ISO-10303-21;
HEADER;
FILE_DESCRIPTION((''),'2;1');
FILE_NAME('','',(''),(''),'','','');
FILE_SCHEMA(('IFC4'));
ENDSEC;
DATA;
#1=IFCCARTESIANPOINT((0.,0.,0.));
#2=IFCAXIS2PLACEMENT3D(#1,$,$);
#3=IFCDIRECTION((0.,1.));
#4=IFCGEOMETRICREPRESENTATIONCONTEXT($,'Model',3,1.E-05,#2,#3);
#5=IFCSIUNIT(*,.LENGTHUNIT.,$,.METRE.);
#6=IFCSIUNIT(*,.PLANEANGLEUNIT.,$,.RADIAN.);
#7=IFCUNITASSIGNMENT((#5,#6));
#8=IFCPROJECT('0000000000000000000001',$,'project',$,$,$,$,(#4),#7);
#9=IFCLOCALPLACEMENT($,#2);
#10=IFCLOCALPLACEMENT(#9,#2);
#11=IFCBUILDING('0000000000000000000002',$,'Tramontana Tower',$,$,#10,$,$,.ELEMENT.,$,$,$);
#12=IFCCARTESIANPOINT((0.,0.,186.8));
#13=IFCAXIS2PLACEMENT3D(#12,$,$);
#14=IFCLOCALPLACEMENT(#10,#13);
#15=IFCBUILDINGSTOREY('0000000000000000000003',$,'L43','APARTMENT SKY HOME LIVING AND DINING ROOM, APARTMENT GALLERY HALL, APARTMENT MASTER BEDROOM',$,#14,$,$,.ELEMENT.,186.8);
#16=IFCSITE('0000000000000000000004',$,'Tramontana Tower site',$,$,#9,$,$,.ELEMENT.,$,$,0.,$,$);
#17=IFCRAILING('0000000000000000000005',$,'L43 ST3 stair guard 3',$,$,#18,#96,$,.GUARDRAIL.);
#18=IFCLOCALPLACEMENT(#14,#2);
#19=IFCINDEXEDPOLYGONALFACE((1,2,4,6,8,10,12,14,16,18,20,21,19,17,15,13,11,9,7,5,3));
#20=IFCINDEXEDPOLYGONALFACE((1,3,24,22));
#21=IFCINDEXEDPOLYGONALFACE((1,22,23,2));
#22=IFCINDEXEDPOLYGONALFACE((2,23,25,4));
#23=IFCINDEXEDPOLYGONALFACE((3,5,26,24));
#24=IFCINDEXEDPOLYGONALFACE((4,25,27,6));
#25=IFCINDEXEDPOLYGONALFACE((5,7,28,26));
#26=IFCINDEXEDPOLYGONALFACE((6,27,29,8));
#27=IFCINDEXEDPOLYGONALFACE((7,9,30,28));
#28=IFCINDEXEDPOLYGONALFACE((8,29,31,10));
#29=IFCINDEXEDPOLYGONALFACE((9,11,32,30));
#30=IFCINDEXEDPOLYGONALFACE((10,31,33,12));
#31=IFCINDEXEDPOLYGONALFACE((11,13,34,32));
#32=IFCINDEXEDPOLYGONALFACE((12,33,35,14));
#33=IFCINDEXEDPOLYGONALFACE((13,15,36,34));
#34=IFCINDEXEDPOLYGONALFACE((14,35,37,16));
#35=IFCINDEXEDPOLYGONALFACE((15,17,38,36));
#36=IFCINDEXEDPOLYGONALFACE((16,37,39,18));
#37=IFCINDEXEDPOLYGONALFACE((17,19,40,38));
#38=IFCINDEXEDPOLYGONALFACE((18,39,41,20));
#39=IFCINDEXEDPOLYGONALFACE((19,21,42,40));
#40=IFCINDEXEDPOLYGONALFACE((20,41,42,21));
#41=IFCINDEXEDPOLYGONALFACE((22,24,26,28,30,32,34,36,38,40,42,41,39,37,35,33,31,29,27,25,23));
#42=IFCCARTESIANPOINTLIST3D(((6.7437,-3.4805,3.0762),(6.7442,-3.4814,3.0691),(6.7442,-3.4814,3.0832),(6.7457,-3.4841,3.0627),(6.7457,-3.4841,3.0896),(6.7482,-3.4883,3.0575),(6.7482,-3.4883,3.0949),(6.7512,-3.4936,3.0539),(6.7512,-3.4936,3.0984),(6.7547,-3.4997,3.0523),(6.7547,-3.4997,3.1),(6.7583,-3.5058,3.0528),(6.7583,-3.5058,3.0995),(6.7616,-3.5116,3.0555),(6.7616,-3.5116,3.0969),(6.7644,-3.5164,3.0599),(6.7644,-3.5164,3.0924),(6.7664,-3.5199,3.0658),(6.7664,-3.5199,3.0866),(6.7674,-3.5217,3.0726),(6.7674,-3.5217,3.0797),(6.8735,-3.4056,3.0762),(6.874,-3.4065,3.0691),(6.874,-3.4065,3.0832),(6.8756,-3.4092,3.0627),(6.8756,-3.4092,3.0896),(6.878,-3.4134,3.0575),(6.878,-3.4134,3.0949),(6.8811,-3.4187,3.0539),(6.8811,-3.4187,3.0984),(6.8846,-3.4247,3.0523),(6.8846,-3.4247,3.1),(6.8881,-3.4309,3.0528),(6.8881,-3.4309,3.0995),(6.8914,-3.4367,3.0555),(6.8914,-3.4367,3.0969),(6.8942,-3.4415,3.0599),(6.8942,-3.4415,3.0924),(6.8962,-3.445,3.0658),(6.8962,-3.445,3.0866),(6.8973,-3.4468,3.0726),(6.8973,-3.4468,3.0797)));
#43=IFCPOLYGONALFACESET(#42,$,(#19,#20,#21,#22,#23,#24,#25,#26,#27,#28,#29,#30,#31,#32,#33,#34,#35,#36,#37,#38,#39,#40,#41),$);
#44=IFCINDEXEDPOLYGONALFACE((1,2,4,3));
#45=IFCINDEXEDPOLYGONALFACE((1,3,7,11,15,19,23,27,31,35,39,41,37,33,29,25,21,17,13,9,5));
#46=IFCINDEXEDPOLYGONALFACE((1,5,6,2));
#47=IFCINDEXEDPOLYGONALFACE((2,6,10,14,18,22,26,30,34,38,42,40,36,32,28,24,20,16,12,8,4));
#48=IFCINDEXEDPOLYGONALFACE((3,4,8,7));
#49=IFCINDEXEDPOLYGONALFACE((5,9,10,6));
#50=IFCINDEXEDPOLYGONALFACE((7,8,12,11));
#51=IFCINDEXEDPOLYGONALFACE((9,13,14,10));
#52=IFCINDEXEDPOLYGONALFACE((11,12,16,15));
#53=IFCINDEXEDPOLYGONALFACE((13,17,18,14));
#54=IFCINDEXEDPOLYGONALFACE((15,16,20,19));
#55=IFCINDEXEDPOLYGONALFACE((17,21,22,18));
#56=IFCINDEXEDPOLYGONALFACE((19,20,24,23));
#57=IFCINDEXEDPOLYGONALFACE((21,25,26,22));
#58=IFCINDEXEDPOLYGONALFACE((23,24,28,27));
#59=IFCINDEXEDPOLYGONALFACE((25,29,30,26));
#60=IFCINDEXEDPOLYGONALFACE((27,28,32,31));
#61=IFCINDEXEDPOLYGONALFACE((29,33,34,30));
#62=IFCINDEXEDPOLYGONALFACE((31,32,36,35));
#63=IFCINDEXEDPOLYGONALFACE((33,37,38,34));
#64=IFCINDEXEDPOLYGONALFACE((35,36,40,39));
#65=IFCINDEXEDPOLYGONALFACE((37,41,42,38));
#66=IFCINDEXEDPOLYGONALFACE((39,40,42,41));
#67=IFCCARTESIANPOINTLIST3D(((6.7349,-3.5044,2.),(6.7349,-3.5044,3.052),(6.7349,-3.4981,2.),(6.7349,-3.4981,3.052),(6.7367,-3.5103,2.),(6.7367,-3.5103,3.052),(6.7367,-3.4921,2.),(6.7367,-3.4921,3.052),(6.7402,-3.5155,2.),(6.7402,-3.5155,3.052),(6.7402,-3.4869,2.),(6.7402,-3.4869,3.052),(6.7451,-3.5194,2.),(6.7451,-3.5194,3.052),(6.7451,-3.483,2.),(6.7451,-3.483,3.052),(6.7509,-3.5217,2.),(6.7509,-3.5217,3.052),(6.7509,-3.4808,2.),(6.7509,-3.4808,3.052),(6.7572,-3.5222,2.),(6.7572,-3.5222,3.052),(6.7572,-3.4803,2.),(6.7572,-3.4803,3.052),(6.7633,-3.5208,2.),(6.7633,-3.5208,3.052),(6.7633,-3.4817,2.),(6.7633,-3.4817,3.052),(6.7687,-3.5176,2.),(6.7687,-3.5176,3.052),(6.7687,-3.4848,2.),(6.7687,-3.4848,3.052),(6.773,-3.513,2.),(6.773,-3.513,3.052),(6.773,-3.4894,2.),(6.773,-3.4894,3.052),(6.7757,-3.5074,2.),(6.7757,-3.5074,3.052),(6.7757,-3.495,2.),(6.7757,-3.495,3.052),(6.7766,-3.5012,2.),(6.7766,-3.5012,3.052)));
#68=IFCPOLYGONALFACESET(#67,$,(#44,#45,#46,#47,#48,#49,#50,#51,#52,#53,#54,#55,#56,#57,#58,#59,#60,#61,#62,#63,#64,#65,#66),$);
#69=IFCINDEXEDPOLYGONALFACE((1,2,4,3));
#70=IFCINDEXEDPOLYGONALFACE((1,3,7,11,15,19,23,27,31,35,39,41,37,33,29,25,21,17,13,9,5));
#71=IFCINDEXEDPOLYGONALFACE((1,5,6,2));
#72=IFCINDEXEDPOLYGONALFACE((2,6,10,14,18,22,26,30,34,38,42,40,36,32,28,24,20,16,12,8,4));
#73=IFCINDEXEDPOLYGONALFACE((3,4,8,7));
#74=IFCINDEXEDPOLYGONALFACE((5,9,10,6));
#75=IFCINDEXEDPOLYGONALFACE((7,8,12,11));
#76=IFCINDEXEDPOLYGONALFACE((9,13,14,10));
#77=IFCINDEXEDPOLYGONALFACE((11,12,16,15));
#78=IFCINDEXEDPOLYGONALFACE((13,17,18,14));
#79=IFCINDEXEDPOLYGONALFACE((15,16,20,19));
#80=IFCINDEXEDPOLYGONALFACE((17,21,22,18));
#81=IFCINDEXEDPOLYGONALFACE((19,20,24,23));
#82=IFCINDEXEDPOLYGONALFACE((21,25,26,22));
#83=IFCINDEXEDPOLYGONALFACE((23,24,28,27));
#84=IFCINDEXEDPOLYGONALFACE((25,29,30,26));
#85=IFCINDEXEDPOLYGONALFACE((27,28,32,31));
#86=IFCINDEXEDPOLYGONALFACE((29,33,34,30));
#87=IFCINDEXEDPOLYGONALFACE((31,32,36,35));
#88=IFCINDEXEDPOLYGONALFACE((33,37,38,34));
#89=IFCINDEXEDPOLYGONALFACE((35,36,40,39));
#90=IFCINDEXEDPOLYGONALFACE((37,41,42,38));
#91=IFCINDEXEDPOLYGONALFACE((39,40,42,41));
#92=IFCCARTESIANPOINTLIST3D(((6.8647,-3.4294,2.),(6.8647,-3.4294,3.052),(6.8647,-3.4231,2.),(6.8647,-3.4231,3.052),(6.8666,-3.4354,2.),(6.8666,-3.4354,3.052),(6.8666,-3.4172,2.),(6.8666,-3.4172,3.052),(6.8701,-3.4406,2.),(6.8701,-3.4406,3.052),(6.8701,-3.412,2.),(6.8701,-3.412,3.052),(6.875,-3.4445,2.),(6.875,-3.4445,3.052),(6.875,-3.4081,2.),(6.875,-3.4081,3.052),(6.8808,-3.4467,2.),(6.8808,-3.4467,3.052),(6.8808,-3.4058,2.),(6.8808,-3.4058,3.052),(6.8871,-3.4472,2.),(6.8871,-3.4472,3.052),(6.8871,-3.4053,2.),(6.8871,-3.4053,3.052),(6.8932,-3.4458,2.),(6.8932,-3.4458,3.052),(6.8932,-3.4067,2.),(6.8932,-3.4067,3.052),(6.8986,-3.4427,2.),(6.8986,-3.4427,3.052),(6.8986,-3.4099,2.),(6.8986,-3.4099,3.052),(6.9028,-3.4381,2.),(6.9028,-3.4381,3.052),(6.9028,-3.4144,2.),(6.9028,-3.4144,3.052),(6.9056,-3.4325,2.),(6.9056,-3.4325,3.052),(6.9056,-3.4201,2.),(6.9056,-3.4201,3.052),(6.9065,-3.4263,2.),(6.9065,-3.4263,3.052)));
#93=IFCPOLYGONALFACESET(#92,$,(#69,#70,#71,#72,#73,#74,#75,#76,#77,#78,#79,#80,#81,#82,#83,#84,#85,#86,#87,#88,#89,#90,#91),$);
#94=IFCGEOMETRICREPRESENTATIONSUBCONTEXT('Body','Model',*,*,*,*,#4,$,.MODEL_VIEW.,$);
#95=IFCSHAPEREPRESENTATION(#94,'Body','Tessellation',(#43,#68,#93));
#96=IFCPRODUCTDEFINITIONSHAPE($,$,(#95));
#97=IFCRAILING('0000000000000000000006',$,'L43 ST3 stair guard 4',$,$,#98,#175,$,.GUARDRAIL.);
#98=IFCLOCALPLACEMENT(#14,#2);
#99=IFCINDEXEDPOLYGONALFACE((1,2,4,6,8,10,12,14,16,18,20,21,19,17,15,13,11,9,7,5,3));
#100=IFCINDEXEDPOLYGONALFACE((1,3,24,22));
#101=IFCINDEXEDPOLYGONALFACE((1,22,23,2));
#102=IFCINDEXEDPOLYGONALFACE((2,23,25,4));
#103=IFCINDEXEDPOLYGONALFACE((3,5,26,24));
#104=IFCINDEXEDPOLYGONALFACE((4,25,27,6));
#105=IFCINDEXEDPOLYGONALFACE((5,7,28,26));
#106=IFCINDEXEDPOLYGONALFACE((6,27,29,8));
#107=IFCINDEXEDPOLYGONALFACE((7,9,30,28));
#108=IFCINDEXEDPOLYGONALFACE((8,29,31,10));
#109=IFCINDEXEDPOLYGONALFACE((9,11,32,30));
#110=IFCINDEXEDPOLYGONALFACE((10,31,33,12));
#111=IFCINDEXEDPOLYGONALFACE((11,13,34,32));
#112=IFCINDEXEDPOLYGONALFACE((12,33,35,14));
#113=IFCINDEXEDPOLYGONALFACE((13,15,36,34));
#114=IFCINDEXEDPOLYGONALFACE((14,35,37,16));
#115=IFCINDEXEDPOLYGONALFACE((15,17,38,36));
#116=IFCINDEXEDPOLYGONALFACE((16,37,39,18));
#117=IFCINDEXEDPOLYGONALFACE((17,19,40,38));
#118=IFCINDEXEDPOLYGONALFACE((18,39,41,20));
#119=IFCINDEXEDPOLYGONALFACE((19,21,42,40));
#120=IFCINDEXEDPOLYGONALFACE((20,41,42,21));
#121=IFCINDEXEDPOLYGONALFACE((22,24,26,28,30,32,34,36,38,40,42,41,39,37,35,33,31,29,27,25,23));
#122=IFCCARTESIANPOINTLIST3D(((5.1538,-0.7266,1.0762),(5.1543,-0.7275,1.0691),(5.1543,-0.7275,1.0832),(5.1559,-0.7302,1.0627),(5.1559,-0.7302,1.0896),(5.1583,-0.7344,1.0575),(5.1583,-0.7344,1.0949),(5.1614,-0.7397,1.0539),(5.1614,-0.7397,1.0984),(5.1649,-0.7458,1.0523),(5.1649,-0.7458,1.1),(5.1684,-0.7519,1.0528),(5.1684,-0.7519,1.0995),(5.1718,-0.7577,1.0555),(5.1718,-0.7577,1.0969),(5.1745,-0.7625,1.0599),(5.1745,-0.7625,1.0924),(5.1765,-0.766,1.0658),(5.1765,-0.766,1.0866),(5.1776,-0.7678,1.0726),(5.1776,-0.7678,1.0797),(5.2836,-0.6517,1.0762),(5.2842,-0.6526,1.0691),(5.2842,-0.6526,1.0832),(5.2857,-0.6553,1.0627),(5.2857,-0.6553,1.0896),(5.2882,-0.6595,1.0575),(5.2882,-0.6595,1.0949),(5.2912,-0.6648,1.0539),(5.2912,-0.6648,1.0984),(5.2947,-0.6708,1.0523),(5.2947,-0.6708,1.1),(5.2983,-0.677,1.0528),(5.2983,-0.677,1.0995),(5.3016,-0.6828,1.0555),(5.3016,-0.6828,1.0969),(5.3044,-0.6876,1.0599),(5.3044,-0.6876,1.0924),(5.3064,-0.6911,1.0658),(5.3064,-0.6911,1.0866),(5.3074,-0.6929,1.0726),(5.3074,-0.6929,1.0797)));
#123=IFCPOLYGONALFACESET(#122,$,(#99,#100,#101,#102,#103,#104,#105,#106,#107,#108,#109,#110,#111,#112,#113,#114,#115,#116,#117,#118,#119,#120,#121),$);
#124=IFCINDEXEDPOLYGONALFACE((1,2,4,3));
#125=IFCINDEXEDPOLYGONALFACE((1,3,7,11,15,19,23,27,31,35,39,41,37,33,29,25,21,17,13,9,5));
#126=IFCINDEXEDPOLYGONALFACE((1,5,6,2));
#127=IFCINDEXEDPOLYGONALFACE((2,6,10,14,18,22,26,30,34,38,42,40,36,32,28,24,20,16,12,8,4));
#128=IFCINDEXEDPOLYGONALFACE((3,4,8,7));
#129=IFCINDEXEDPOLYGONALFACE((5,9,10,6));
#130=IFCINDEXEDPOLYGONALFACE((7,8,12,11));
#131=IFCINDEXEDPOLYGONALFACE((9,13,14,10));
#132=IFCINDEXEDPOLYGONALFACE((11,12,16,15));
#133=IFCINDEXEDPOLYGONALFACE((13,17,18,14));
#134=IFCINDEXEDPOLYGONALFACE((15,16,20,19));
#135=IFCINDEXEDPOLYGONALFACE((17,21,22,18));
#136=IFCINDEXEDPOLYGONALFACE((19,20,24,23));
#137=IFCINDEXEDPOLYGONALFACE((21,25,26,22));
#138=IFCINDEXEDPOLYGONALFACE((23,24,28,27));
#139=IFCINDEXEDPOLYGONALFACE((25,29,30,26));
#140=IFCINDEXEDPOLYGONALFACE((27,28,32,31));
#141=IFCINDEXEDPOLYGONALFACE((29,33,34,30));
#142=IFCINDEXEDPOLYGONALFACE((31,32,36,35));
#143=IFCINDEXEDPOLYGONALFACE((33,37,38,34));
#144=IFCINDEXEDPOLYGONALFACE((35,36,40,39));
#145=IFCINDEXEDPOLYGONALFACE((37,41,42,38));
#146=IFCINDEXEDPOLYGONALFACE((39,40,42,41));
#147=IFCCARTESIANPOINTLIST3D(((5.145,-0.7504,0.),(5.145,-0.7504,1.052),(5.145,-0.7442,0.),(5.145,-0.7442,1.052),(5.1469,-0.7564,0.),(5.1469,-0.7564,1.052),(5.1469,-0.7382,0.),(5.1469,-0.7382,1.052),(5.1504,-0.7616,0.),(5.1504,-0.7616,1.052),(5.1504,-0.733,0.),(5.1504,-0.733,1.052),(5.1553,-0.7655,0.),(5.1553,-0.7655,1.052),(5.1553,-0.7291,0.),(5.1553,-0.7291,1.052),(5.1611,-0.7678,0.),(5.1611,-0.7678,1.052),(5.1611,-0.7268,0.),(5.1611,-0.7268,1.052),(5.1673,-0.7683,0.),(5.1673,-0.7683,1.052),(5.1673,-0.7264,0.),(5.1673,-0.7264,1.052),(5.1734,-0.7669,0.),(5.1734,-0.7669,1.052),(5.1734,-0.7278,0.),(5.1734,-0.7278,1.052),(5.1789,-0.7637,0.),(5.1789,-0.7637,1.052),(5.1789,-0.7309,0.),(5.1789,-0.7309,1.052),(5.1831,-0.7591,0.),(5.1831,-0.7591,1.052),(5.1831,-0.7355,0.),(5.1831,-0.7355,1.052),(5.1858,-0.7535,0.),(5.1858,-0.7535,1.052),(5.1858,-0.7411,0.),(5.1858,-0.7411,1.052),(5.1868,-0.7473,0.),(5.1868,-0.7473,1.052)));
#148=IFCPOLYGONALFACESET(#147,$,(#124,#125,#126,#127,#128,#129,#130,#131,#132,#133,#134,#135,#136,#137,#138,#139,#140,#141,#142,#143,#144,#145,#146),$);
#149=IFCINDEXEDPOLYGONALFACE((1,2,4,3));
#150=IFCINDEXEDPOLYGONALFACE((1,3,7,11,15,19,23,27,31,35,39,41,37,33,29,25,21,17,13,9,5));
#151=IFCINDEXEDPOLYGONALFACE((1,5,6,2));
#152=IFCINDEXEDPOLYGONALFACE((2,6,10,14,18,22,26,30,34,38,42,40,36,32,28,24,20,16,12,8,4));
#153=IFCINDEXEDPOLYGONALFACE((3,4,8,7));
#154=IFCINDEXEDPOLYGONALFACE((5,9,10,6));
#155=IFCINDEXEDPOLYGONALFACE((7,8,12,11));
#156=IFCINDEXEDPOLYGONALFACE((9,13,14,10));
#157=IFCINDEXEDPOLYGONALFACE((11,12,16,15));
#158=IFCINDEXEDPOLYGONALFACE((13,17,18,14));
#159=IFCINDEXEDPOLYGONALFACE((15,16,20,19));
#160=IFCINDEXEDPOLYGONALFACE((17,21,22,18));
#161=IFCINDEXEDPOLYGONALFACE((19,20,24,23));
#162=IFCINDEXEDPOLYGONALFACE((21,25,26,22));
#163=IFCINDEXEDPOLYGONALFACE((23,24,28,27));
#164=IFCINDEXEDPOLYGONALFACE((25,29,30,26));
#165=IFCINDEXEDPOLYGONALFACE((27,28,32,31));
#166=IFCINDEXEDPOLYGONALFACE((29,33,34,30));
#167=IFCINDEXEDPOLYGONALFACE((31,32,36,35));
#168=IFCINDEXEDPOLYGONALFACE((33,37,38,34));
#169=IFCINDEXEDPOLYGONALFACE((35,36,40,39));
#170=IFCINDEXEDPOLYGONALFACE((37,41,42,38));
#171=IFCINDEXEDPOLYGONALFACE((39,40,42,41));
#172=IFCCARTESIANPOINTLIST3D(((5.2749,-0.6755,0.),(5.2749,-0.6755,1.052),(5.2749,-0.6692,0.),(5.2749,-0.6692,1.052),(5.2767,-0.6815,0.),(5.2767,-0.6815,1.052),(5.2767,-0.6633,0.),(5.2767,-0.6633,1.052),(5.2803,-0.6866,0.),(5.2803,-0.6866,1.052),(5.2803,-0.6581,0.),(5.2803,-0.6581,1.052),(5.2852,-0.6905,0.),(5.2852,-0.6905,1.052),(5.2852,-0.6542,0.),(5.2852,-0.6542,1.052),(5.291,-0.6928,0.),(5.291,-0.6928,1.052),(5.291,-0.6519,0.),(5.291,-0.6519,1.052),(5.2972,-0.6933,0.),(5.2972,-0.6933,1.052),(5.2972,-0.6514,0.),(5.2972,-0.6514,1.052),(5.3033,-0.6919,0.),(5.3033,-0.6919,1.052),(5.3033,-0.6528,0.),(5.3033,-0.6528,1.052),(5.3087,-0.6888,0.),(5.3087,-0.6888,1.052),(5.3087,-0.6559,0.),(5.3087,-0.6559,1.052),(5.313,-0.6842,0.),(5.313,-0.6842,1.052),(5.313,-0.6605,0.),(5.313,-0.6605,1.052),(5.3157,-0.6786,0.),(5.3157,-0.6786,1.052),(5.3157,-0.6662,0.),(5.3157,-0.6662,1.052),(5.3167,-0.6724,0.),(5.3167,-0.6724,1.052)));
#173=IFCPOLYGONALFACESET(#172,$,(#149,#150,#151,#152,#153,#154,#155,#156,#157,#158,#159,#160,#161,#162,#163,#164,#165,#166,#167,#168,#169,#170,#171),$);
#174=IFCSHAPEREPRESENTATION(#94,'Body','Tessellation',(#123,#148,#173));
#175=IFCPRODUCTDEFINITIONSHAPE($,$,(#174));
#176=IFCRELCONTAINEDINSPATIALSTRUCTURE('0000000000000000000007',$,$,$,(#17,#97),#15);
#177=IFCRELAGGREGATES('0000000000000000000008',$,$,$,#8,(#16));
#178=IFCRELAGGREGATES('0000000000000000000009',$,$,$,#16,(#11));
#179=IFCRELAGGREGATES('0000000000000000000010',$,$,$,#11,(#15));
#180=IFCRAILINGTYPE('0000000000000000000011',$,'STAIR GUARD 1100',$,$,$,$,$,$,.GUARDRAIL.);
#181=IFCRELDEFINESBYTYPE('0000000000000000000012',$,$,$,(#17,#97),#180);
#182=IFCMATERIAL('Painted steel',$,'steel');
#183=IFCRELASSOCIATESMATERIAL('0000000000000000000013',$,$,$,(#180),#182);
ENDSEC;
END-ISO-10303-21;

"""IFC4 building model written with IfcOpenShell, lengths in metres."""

from ifc_helpers import new_model, si_unit, direction, frame, origin, origin_2d, place, context, subcontext, project, spatial, circle, extrude, material, type_object, element, save


model = new_model("IFC4")

# Units and contexts
model_context = context("Model", 3, precision=1e-05, world=origin(), true_north=direction((0.0, 1.0)))
body_context = subcontext(model_context, "Body", "Model", "MODEL_VIEW")
ifc_project = project(units=[si_unit("LENGTHUNIT", "METRE"), si_unit("PLANEANGLEUNIT", "RADIAN")], contexts=[model_context])

# Site, building, storey
site_placement = place(None, origin())
site = spatial("IfcSite", under=ifc_project, at=site_placement, Name="Tramontana Tower site", CompositionType="ELEMENT", RefElevation=0.0)
building_placement = place(site_placement, origin())
building = spatial("IfcBuilding", under=site, at=building_placement, Name="Tramontana Tower", CompositionType="ELEMENT")
storey_placement = place(building_placement, frame((0.0, 0.0, 186.8)))
storey = spatial("IfcBuildingStorey", under=building, at=storey_placement, Name="L43", Description="APARTMENT SKY HOME LIVING AND DINING ROOM, APARTMENT GALLERY HALL, APARTMENT MASTER BEDROOM", CompositionType="ELEMENT", Elevation=186.8)

# Railings
ifc_material_1 = material(Name="Painted steel", Category="steel")
railing_type_1 = type_object("IfcRailingType", Name="STAIR GUARD 1100", PredefinedType="GUARDRAIL", material=ifc_material_1)
for number, where, name in (
    (1, (6.7556, -3.5012, 2.0), "L43 ST3 stair guard 3"),
    (2, (5.1658, -0.7473, 0.0), "L43 ST3 stair guard 4"),
):
    element("IfcRailing", number, at=place(storey_placement, frame(where)), inside=storey, type_object=railing_type_1, Name=name, PredefinedType="GUARDRAIL", context=body_context, shape_type="SweptSolid", body=[
        extrude(circle(Radius=0.0239, at=origin_2d()), frame((0.0, 0.0, 1.0762), z_axis=(0.866131, 0.499816, 0.0), x_axis=(-0.499816, 0.866131, 0.0)), (0.0, 0.0, 1.0), 0.1499),
        extrude(circle(Radius=0.021, at=origin_2d()), origin(), (0.0, 0.0, 1.0), 1.052),
        extrude(circle(Radius=0.021, at=origin_2d()), frame((0.1299, 0.075, 0.0)), (0.0, 0.0, 1.0), 1.052),
    ])

save(model, "model.ifc")
